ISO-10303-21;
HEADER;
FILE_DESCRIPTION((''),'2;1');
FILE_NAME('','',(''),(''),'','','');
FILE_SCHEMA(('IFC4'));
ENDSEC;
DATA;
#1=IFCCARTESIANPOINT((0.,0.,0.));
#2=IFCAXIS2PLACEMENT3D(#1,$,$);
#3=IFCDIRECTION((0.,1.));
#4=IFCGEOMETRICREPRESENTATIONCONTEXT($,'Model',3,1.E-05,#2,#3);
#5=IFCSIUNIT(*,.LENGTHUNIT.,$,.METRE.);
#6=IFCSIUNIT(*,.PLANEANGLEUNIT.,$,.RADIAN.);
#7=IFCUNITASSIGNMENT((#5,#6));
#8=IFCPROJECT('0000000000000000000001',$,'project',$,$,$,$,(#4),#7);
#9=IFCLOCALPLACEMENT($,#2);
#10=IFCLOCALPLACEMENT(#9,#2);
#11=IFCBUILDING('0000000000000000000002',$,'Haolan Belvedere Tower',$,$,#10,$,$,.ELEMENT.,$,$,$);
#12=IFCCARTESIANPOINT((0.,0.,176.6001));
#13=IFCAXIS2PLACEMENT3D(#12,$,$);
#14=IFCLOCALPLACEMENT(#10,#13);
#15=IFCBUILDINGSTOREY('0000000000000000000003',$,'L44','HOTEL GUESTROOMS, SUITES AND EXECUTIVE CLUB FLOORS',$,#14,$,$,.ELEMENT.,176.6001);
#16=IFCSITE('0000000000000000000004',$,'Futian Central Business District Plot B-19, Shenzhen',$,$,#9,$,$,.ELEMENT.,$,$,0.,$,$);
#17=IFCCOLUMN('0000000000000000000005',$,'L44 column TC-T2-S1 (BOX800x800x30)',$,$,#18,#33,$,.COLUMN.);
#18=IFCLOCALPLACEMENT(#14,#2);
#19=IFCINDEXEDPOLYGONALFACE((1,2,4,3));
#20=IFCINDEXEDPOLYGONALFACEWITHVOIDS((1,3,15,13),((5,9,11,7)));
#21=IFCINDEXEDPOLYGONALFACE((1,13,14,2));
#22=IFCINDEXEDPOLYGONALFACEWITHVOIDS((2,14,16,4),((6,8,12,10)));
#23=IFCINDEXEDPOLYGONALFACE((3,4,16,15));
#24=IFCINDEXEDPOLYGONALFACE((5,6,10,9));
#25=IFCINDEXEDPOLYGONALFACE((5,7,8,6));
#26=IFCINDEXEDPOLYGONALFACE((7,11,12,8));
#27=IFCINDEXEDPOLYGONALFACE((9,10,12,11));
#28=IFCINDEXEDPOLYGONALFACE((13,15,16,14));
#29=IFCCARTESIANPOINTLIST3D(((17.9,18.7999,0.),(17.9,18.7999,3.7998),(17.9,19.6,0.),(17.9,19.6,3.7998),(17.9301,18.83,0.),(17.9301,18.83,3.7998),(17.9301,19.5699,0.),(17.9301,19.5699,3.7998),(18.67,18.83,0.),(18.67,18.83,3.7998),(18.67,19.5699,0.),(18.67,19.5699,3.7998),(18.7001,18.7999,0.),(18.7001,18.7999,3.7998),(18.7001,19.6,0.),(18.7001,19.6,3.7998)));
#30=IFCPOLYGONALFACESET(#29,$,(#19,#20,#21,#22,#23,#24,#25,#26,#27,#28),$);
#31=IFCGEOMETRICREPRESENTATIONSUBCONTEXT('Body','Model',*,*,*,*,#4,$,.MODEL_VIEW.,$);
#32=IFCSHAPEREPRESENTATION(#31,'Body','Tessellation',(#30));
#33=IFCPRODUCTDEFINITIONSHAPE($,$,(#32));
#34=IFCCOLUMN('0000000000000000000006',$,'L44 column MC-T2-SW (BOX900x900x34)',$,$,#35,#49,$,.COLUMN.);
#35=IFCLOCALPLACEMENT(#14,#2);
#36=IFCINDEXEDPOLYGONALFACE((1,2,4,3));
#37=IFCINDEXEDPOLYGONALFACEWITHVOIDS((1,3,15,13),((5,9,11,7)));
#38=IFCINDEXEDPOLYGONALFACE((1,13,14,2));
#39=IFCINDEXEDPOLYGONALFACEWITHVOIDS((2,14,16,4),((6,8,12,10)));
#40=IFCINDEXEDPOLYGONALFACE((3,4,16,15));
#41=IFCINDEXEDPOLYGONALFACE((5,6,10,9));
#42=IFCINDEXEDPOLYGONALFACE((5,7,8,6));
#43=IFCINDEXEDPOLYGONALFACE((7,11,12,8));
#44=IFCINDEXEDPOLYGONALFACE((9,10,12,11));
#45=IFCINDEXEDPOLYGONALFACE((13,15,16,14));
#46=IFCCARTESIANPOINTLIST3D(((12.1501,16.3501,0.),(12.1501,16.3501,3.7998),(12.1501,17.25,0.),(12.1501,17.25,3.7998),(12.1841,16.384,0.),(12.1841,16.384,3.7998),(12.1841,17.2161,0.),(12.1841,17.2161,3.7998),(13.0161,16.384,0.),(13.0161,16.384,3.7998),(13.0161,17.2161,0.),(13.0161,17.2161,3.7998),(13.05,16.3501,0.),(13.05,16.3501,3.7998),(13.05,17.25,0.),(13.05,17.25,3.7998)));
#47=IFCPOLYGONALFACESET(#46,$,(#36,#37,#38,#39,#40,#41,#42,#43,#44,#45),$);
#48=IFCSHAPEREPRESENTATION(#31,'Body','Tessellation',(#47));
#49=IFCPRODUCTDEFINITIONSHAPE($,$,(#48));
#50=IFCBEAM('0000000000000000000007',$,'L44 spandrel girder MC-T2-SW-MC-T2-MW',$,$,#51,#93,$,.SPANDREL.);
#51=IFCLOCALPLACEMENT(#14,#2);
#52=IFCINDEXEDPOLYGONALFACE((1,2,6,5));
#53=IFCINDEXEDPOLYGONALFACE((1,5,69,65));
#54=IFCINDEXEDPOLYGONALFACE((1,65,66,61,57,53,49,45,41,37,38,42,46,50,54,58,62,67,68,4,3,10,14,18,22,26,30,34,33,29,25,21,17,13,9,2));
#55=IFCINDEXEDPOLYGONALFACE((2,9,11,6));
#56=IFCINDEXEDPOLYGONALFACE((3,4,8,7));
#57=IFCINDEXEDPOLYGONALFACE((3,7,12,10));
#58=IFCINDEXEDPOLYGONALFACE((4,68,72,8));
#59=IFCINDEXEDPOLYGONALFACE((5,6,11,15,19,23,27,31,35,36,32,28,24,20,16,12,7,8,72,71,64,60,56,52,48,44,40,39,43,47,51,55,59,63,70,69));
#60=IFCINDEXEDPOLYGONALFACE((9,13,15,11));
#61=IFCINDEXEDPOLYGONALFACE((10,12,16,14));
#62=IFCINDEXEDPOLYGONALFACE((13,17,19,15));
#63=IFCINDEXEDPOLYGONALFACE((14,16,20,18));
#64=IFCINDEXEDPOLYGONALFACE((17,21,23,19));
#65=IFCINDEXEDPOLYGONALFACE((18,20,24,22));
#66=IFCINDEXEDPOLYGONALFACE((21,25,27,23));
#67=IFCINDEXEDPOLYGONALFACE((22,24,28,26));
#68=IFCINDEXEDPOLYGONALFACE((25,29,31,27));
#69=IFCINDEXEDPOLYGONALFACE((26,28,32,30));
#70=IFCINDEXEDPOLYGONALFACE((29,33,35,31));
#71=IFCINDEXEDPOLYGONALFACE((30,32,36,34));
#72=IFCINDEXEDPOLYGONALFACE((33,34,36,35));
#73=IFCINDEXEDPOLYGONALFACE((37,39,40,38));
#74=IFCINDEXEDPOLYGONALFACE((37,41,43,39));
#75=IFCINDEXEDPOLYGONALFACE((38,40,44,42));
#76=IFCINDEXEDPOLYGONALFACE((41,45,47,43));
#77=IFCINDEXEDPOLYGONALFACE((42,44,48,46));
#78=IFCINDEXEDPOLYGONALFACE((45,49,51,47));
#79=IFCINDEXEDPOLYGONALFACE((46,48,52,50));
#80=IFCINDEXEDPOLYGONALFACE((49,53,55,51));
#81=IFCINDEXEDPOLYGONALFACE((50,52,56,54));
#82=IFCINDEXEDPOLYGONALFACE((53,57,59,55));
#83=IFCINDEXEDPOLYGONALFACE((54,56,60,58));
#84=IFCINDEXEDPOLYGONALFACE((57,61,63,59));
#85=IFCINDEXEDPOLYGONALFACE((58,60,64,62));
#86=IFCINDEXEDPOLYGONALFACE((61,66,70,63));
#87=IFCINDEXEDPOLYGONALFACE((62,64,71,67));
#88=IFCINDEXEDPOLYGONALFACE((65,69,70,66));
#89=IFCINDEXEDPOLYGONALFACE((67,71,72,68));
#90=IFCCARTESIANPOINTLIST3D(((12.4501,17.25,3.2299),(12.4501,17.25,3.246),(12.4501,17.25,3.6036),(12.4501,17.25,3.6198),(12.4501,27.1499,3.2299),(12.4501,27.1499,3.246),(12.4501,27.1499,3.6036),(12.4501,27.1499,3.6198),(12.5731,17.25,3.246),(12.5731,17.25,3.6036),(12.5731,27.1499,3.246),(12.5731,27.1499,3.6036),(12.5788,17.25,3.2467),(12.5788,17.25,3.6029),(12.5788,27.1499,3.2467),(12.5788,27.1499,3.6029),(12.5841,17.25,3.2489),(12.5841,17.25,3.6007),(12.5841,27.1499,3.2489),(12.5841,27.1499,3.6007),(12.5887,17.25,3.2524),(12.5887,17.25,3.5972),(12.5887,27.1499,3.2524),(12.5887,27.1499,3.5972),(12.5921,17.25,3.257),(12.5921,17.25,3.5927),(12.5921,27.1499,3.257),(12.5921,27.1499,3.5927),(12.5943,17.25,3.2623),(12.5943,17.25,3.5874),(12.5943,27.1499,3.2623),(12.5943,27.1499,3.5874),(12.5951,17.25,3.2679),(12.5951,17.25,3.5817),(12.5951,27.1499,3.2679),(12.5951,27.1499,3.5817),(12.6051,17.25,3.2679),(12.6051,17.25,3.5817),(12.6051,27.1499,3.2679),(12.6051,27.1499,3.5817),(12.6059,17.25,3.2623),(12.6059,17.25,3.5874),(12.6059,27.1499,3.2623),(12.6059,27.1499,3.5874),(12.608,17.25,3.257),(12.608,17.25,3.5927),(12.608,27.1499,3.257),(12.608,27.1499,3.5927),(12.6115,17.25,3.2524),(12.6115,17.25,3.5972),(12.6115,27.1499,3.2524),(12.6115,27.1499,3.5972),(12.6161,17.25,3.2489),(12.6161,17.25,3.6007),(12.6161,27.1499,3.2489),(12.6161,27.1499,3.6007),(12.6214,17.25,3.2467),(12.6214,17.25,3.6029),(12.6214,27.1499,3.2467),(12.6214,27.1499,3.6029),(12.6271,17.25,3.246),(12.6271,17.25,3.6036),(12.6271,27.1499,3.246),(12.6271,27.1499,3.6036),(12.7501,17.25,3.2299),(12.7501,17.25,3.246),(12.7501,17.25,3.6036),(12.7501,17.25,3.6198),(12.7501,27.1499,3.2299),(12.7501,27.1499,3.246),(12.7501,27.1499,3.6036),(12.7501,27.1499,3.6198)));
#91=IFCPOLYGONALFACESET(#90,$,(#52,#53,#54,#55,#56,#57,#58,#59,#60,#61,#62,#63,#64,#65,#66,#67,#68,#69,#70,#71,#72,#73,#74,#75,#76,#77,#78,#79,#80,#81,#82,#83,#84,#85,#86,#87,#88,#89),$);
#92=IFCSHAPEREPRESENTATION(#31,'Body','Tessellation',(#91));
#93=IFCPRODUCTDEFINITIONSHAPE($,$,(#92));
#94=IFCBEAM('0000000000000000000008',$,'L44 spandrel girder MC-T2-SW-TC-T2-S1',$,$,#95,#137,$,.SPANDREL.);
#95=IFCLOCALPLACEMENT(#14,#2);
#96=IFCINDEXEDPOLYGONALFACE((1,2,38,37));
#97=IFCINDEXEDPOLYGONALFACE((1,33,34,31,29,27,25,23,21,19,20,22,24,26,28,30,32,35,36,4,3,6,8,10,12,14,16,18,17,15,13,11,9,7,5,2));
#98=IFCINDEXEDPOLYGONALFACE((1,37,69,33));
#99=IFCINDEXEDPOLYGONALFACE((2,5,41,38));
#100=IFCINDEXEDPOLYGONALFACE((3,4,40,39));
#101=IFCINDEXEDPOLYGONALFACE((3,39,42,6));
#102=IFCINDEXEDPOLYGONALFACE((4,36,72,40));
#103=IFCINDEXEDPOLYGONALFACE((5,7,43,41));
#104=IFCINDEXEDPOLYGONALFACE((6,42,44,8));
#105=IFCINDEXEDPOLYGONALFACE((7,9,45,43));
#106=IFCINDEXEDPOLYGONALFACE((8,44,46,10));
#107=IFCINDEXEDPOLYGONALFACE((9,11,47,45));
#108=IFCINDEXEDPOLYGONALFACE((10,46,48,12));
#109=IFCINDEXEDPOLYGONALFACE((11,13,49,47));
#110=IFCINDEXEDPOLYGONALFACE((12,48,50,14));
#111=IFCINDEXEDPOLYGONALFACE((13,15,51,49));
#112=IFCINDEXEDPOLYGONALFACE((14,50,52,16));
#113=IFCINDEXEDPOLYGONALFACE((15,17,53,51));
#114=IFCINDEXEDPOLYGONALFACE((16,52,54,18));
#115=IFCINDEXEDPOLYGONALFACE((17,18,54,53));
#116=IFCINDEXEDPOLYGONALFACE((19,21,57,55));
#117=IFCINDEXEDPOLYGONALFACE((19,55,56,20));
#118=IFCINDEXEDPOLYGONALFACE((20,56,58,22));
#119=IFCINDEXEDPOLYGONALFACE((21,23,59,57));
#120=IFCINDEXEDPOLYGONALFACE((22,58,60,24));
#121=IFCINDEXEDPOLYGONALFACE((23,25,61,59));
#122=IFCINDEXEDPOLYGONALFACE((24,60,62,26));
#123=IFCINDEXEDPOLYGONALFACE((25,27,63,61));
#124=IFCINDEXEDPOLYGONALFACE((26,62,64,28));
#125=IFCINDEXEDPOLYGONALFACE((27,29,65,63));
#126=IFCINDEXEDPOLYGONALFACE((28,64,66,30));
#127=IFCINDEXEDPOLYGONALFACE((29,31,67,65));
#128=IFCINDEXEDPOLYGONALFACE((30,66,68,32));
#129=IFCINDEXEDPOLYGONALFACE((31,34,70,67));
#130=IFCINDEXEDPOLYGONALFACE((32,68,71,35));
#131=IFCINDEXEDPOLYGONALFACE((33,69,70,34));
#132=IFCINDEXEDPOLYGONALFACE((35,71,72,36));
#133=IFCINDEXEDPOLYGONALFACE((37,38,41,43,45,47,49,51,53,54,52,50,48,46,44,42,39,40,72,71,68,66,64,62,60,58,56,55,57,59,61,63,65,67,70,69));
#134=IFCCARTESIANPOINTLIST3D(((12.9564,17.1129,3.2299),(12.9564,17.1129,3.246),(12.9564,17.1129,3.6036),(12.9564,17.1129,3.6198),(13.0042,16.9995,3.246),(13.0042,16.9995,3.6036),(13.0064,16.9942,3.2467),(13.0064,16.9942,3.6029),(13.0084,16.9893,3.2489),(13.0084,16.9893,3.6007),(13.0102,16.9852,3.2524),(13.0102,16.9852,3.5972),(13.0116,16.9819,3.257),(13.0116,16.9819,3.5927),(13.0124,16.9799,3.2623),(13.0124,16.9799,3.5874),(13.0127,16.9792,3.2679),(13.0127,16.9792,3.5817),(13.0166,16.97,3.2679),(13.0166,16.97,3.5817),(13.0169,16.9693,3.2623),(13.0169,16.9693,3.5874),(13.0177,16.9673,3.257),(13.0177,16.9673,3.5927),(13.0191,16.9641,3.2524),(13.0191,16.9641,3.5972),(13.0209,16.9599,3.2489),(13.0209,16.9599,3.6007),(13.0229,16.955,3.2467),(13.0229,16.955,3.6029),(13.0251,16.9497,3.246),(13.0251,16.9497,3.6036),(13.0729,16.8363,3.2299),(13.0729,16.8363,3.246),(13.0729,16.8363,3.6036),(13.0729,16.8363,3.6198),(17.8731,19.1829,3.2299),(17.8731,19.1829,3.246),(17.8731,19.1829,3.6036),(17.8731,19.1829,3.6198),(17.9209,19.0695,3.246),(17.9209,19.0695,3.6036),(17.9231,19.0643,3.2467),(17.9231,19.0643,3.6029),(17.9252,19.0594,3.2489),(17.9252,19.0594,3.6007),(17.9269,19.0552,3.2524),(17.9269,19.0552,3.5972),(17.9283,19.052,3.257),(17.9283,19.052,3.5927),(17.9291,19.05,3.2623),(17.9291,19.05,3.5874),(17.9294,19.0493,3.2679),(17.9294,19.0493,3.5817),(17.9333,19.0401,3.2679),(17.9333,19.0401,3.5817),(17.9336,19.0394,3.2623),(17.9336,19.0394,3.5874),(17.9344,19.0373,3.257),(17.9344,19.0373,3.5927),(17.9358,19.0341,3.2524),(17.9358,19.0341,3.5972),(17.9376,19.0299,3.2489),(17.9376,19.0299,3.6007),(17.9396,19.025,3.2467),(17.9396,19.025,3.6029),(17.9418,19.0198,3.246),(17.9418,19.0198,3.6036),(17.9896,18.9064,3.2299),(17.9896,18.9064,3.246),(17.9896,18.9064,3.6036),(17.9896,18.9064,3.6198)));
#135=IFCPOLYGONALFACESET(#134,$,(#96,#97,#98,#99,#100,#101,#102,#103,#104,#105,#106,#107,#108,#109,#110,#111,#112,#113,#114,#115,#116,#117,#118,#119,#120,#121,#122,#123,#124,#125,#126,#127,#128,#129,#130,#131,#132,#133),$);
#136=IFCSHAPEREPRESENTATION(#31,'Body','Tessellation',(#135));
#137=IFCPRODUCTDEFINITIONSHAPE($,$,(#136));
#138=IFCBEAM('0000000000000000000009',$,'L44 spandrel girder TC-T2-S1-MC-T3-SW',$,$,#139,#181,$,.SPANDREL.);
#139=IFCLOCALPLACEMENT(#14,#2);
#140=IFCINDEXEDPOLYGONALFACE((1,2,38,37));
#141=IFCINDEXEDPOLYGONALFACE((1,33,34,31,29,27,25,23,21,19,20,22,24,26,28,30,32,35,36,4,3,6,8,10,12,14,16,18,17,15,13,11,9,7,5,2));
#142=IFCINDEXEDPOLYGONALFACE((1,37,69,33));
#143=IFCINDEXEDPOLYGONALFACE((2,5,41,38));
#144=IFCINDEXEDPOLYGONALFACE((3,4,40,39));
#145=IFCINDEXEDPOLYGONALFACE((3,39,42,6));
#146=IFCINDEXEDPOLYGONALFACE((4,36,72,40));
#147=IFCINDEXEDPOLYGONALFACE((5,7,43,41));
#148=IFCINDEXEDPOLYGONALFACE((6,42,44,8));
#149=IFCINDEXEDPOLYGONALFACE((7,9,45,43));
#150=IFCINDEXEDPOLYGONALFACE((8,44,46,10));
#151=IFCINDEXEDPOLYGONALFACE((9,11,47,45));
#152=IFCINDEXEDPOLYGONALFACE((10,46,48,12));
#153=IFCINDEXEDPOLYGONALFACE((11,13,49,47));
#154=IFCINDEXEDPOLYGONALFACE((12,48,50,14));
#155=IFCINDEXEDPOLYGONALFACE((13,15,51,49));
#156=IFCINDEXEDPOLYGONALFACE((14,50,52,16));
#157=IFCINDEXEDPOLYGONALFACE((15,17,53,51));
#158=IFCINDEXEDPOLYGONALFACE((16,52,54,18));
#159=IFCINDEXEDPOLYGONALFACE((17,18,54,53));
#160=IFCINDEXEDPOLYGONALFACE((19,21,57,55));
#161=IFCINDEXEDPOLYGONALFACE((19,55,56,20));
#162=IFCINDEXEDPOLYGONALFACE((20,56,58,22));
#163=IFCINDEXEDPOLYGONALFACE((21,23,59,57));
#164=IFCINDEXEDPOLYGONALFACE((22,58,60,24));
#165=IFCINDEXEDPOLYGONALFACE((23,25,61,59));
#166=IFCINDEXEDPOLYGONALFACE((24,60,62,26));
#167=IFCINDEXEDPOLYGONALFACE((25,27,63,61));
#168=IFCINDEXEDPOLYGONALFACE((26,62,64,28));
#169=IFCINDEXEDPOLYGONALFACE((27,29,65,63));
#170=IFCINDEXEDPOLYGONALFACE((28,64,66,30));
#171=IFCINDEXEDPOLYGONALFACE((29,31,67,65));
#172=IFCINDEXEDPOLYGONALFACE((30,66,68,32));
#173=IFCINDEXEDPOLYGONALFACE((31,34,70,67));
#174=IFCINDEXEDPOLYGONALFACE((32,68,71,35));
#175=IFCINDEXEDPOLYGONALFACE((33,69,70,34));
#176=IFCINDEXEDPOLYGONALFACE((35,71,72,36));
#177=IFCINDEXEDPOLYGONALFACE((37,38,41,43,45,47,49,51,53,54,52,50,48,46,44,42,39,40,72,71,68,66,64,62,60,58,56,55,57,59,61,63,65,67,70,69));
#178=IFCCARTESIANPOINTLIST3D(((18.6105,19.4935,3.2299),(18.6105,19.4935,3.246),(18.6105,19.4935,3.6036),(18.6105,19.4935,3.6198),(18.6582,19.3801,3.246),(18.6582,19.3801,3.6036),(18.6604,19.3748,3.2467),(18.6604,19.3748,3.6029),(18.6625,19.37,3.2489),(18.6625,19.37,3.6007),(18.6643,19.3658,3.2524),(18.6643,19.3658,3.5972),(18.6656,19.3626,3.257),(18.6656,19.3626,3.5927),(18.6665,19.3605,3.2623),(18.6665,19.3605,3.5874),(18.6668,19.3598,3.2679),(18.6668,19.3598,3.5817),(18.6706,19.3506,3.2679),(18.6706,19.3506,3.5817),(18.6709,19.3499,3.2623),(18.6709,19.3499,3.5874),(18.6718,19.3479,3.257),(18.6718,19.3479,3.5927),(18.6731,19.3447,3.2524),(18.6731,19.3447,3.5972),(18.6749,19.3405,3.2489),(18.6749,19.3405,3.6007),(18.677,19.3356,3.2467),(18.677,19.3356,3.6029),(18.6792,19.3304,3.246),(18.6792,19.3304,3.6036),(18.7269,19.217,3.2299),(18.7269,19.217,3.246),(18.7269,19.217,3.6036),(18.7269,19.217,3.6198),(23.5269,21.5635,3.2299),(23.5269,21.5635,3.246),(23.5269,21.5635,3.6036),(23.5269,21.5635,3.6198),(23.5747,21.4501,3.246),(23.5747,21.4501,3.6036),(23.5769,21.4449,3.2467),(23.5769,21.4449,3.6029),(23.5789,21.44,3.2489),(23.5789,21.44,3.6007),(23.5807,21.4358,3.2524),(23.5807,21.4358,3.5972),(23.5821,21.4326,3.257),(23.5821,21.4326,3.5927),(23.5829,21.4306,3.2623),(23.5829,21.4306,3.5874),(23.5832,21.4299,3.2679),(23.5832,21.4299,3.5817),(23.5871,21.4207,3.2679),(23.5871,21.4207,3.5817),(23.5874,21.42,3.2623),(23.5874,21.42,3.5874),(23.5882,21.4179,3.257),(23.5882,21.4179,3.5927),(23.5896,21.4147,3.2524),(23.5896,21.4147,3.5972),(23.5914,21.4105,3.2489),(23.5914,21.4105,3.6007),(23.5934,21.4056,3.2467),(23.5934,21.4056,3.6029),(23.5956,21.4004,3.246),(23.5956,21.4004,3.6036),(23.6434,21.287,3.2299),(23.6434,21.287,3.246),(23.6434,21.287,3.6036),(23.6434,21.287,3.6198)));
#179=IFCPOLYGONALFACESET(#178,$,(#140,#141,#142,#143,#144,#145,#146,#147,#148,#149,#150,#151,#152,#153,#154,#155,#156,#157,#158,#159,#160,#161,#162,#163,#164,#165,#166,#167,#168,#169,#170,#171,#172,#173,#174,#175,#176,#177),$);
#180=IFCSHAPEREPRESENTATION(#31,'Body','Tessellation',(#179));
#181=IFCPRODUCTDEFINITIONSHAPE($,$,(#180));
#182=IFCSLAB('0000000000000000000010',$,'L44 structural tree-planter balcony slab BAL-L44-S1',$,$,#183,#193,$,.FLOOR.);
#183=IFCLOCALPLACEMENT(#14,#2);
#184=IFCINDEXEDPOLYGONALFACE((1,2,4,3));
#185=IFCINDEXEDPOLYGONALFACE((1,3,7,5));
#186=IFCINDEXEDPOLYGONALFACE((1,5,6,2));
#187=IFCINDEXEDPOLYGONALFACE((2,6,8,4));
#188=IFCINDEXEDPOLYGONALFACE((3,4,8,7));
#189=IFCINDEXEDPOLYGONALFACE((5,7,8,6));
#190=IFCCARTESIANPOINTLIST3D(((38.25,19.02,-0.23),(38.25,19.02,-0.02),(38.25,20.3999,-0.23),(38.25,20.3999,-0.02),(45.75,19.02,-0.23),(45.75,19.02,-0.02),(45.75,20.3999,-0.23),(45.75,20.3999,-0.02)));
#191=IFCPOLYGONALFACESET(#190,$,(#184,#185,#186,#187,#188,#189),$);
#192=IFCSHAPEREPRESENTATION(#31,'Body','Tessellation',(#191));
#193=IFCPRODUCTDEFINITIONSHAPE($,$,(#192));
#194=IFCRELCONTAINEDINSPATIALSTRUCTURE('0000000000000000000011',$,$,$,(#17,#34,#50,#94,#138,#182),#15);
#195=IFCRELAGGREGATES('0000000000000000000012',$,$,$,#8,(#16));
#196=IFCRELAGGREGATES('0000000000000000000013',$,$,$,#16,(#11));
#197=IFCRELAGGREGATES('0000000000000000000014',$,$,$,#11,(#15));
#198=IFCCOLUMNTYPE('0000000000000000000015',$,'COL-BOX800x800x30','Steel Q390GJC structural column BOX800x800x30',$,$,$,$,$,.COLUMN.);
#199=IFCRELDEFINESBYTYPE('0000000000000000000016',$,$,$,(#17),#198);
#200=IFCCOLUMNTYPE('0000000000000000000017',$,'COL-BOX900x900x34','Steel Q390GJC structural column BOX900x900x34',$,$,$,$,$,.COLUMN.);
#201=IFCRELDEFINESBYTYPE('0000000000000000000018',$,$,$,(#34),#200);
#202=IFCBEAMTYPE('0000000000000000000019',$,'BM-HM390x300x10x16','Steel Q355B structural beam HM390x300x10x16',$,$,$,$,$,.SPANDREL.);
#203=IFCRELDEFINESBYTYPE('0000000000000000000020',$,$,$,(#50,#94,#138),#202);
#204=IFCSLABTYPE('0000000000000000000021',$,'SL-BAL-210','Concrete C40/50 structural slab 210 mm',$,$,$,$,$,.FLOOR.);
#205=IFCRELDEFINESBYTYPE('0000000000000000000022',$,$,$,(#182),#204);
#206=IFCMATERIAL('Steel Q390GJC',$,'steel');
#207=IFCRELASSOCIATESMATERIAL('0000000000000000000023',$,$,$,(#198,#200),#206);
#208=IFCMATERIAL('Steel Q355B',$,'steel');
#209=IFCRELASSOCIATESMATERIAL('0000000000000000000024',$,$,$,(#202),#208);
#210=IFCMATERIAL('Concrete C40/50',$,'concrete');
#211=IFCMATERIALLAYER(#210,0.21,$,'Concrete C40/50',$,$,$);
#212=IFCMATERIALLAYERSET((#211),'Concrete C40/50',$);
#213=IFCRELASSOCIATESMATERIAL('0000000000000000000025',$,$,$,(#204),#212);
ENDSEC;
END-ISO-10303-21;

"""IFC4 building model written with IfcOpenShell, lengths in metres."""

from ifc_helpers import new_model, si_unit, direction, frame, origin, origin_2d, place, context, subcontext, project, spatial, polyline, hollow_rectangle, i_section, outline, extrude, material, layer, layer_set, material_profile, profile_set, type_object, element, save


model = new_model("IFC4")

# Units and contexts
model_context = context("Model", 3, precision=1e-05, world=origin(), true_north=direction((0.0, 1.0)))
body_context = subcontext(model_context, "Body", "Model", "MODEL_VIEW")
ifc_project = project(units=[si_unit("LENGTHUNIT", "METRE"), si_unit("PLANEANGLEUNIT", "RADIAN")], contexts=[model_context])

# Site, building, storey
site_placement = place(None, origin())
site = spatial("IfcSite", under=ifc_project, at=site_placement, Name="Futian Central Business District Plot B-19, Shenzhen", CompositionType="ELEMENT", RefElevation=0.0)
building_placement = place(site_placement, origin())
building = spatial("IfcBuilding", under=site, at=building_placement, Name="Haolan Belvedere Tower", CompositionType="ELEMENT")
storey_placement = place(building_placement, frame((0.0, 0.0, 176.6001)))
storey = spatial("IfcBuildingStorey", under=building, at=storey_placement, Name="L44", Description="HOTEL GUESTROOMS, SUITES AND EXECUTIVE CLUB FLOORS", CompositionType="ELEMENT", Elevation=176.6001)

# Columns
ifc_material_1 = material(Name="Steel Q390GJC", Category="steel")
ifc_material_profile_1 = material_profile(ifc_material_1, hollow_rectangle(XDim=0.8, YDim=0.8, WallThickness=0.03, at=origin_2d()), Name="Steel Q390GJC")
ifc_profile_set_1 = profile_set([ifc_material_profile_1], Name="Steel Q390GJC")
column_type_1 = type_object("IfcColumnType", Name="COL-BOX800x800x30", Description="Steel Q390GJC structural column BOX800x800x30", PredefinedType="COLUMN", material=ifc_profile_set_1)
column_1_placement = place(storey_placement, frame((18.3, 19.2, 0.0), z_axis=(0.0, 0.0, 1.0), x_axis=(1.0, 0.0, 0.0)))
element("IfcColumn", 1, at=column_1_placement, inside=storey, type_object=column_type_1, Name="L44 column TC-T2-S1 (BOX800x800x30)", PredefinedType="COLUMN", context=body_context, shape_type="SweptSolid", body=[
    extrude(hollow_rectangle(XDim=0.8, YDim=0.8, WallThickness=0.03, at=origin_2d()), origin(), (0.0, 0.0, 1.0), 3.7998),
])
ifc_material_profile_2 = material_profile(ifc_material_1, hollow_rectangle(XDim=0.8999, YDim=0.8999, WallThickness=0.0339, at=origin_2d()), Name="Steel Q390GJC")
ifc_profile_set_2 = profile_set([ifc_material_profile_2], Name="Steel Q390GJC")
column_type_2 = type_object("IfcColumnType", Name="COL-BOX900x900x34", Description="Steel Q390GJC structural column BOX900x900x34", PredefinedType="COLUMN", material=ifc_profile_set_2)
column_2_placement = place(storey_placement, frame((12.6001, 16.8, 0.0), z_axis=(0.0, 0.0, 1.0), x_axis=(1.0, 0.0, 0.0)))
element("IfcColumn", 2, at=column_2_placement, inside=storey, type_object=column_type_2, Name="L44 column MC-T2-SW (BOX900x900x34)", PredefinedType="COLUMN", context=body_context, shape_type="SweptSolid", body=[
    extrude(hollow_rectangle(XDim=0.8999, YDim=0.8999, WallThickness=0.0339, at=origin_2d()), origin(), (0.0, 0.0, 1.0), 3.7998),
])

# Beams
ifc_material_2 = material(Name="Steel Q355B", Category="steel")
ifc_material_profile_3 = material_profile(ifc_material_2, i_section(OverallWidth=0.3, OverallDepth=0.3899, WebThickness=0.01, FlangeThickness=0.0161, FilletRadius=0.022, at=origin_2d()), Name="Steel Q355B")
ifc_profile_set_3 = profile_set([ifc_material_profile_3], Name="Steel Q355B")
beam_type = type_object("IfcBeamType", Name="BM-HM390x300x10x16", Description="Steel Q355B structural beam HM390x300x10x16", PredefinedType="SPANDREL", material=ifc_profile_set_3)
beam_1_placement = place(storey_placement, frame((12.6001, 17.25, 3.4248), z_axis=(0.0, 1.0, 0.0), x_axis=(-1.0, 0.0, 0.0)))
element("IfcBeam", 3, at=beam_1_placement, inside=storey, type_object=beam_type, Name="L44 spandrel girder MC-T2-SW-MC-T2-MW", PredefinedType="SPANDREL", context=body_context, shape_type="SweptSolid", body=[
    extrude(i_section(OverallWidth=0.3, OverallDepth=0.3899, WebThickness=0.01, FlangeThickness=0.0161, FilletRadius=0.022, at=origin_2d()), origin(), (0.0, 0.0, 1.0), 9.8999),
])
beam_2_placement = place(storey_placement, frame((13.0146, 16.9746, 3.4248), z_axis=(0.921645, 0.388034, 0.0), x_axis=(-0.388034, 0.921645, 0.0)))
element("IfcBeam", 4, at=beam_2_placement, inside=storey, type_object=beam_type, Name="L44 spandrel girder MC-T2-SW-TC-T2-S1", PredefinedType="SPANDREL", context=body_context, shape_type="SweptSolid", body=[
    extrude(i_section(OverallWidth=0.3, OverallDepth=0.3899, WebThickness=0.01, FlangeThickness=0.0161, FilletRadius=0.022, at=origin_2d()), origin(), (0.0, 0.0, 1.0), 5.3347),
])
beam_3_placement = place(storey_placement, frame((18.6687, 19.3552, 3.4248), z_axis=(0.921638, 0.388051, 0.0), x_axis=(-0.388051, 0.921638, 0.0)))
element("IfcBeam", 5, at=beam_3_placement, inside=storey, type_object=beam_type, Name="L44 spandrel girder TC-T2-S1-MC-T3-SW", PredefinedType="SPANDREL", context=body_context, shape_type="SweptSolid", body=[
    extrude(i_section(OverallWidth=0.3, OverallDepth=0.3899, WebThickness=0.01, FlangeThickness=0.0161, FilletRadius=0.022, at=origin_2d()), origin(), (0.0, 0.0, 1.0), 5.3345),
])

# Slab
ifc_material_3 = material(Name="Concrete C40/50", Category="concrete")
ifc_layer_1 = layer(ifc_material_3, 0.21, Name="Concrete C40/50")
ifc_layer_set_1 = layer_set([ifc_layer_1], Name="Concrete C40/50")
slab_type_1 = type_object("IfcSlabType", Name="SL-BAL-210", Description="Concrete C40/50 structural slab 210 mm", PredefinedType="FLOOR", material=ifc_layer_set_1)
slab_1_placement = place(storey_placement, frame((0.0, 0.0, -0.23)))
element("IfcSlab", 6, at=slab_1_placement, inside=storey, type_object=slab_type_1, Name="L44 structural tree-planter balcony slab BAL-L44-S1", PredefinedType="FLOOR", context=body_context, shape_type="SweptSolid", body=[
    extrude(outline(polyline([(38.25, 19.02), (45.75, 19.02), (45.75, 20.3999), (38.25, 20.3999), (38.25, 19.02)])), origin(), (0.0, 0.0, 1.0), 0.21),
])

save(model, "model.ifc")
